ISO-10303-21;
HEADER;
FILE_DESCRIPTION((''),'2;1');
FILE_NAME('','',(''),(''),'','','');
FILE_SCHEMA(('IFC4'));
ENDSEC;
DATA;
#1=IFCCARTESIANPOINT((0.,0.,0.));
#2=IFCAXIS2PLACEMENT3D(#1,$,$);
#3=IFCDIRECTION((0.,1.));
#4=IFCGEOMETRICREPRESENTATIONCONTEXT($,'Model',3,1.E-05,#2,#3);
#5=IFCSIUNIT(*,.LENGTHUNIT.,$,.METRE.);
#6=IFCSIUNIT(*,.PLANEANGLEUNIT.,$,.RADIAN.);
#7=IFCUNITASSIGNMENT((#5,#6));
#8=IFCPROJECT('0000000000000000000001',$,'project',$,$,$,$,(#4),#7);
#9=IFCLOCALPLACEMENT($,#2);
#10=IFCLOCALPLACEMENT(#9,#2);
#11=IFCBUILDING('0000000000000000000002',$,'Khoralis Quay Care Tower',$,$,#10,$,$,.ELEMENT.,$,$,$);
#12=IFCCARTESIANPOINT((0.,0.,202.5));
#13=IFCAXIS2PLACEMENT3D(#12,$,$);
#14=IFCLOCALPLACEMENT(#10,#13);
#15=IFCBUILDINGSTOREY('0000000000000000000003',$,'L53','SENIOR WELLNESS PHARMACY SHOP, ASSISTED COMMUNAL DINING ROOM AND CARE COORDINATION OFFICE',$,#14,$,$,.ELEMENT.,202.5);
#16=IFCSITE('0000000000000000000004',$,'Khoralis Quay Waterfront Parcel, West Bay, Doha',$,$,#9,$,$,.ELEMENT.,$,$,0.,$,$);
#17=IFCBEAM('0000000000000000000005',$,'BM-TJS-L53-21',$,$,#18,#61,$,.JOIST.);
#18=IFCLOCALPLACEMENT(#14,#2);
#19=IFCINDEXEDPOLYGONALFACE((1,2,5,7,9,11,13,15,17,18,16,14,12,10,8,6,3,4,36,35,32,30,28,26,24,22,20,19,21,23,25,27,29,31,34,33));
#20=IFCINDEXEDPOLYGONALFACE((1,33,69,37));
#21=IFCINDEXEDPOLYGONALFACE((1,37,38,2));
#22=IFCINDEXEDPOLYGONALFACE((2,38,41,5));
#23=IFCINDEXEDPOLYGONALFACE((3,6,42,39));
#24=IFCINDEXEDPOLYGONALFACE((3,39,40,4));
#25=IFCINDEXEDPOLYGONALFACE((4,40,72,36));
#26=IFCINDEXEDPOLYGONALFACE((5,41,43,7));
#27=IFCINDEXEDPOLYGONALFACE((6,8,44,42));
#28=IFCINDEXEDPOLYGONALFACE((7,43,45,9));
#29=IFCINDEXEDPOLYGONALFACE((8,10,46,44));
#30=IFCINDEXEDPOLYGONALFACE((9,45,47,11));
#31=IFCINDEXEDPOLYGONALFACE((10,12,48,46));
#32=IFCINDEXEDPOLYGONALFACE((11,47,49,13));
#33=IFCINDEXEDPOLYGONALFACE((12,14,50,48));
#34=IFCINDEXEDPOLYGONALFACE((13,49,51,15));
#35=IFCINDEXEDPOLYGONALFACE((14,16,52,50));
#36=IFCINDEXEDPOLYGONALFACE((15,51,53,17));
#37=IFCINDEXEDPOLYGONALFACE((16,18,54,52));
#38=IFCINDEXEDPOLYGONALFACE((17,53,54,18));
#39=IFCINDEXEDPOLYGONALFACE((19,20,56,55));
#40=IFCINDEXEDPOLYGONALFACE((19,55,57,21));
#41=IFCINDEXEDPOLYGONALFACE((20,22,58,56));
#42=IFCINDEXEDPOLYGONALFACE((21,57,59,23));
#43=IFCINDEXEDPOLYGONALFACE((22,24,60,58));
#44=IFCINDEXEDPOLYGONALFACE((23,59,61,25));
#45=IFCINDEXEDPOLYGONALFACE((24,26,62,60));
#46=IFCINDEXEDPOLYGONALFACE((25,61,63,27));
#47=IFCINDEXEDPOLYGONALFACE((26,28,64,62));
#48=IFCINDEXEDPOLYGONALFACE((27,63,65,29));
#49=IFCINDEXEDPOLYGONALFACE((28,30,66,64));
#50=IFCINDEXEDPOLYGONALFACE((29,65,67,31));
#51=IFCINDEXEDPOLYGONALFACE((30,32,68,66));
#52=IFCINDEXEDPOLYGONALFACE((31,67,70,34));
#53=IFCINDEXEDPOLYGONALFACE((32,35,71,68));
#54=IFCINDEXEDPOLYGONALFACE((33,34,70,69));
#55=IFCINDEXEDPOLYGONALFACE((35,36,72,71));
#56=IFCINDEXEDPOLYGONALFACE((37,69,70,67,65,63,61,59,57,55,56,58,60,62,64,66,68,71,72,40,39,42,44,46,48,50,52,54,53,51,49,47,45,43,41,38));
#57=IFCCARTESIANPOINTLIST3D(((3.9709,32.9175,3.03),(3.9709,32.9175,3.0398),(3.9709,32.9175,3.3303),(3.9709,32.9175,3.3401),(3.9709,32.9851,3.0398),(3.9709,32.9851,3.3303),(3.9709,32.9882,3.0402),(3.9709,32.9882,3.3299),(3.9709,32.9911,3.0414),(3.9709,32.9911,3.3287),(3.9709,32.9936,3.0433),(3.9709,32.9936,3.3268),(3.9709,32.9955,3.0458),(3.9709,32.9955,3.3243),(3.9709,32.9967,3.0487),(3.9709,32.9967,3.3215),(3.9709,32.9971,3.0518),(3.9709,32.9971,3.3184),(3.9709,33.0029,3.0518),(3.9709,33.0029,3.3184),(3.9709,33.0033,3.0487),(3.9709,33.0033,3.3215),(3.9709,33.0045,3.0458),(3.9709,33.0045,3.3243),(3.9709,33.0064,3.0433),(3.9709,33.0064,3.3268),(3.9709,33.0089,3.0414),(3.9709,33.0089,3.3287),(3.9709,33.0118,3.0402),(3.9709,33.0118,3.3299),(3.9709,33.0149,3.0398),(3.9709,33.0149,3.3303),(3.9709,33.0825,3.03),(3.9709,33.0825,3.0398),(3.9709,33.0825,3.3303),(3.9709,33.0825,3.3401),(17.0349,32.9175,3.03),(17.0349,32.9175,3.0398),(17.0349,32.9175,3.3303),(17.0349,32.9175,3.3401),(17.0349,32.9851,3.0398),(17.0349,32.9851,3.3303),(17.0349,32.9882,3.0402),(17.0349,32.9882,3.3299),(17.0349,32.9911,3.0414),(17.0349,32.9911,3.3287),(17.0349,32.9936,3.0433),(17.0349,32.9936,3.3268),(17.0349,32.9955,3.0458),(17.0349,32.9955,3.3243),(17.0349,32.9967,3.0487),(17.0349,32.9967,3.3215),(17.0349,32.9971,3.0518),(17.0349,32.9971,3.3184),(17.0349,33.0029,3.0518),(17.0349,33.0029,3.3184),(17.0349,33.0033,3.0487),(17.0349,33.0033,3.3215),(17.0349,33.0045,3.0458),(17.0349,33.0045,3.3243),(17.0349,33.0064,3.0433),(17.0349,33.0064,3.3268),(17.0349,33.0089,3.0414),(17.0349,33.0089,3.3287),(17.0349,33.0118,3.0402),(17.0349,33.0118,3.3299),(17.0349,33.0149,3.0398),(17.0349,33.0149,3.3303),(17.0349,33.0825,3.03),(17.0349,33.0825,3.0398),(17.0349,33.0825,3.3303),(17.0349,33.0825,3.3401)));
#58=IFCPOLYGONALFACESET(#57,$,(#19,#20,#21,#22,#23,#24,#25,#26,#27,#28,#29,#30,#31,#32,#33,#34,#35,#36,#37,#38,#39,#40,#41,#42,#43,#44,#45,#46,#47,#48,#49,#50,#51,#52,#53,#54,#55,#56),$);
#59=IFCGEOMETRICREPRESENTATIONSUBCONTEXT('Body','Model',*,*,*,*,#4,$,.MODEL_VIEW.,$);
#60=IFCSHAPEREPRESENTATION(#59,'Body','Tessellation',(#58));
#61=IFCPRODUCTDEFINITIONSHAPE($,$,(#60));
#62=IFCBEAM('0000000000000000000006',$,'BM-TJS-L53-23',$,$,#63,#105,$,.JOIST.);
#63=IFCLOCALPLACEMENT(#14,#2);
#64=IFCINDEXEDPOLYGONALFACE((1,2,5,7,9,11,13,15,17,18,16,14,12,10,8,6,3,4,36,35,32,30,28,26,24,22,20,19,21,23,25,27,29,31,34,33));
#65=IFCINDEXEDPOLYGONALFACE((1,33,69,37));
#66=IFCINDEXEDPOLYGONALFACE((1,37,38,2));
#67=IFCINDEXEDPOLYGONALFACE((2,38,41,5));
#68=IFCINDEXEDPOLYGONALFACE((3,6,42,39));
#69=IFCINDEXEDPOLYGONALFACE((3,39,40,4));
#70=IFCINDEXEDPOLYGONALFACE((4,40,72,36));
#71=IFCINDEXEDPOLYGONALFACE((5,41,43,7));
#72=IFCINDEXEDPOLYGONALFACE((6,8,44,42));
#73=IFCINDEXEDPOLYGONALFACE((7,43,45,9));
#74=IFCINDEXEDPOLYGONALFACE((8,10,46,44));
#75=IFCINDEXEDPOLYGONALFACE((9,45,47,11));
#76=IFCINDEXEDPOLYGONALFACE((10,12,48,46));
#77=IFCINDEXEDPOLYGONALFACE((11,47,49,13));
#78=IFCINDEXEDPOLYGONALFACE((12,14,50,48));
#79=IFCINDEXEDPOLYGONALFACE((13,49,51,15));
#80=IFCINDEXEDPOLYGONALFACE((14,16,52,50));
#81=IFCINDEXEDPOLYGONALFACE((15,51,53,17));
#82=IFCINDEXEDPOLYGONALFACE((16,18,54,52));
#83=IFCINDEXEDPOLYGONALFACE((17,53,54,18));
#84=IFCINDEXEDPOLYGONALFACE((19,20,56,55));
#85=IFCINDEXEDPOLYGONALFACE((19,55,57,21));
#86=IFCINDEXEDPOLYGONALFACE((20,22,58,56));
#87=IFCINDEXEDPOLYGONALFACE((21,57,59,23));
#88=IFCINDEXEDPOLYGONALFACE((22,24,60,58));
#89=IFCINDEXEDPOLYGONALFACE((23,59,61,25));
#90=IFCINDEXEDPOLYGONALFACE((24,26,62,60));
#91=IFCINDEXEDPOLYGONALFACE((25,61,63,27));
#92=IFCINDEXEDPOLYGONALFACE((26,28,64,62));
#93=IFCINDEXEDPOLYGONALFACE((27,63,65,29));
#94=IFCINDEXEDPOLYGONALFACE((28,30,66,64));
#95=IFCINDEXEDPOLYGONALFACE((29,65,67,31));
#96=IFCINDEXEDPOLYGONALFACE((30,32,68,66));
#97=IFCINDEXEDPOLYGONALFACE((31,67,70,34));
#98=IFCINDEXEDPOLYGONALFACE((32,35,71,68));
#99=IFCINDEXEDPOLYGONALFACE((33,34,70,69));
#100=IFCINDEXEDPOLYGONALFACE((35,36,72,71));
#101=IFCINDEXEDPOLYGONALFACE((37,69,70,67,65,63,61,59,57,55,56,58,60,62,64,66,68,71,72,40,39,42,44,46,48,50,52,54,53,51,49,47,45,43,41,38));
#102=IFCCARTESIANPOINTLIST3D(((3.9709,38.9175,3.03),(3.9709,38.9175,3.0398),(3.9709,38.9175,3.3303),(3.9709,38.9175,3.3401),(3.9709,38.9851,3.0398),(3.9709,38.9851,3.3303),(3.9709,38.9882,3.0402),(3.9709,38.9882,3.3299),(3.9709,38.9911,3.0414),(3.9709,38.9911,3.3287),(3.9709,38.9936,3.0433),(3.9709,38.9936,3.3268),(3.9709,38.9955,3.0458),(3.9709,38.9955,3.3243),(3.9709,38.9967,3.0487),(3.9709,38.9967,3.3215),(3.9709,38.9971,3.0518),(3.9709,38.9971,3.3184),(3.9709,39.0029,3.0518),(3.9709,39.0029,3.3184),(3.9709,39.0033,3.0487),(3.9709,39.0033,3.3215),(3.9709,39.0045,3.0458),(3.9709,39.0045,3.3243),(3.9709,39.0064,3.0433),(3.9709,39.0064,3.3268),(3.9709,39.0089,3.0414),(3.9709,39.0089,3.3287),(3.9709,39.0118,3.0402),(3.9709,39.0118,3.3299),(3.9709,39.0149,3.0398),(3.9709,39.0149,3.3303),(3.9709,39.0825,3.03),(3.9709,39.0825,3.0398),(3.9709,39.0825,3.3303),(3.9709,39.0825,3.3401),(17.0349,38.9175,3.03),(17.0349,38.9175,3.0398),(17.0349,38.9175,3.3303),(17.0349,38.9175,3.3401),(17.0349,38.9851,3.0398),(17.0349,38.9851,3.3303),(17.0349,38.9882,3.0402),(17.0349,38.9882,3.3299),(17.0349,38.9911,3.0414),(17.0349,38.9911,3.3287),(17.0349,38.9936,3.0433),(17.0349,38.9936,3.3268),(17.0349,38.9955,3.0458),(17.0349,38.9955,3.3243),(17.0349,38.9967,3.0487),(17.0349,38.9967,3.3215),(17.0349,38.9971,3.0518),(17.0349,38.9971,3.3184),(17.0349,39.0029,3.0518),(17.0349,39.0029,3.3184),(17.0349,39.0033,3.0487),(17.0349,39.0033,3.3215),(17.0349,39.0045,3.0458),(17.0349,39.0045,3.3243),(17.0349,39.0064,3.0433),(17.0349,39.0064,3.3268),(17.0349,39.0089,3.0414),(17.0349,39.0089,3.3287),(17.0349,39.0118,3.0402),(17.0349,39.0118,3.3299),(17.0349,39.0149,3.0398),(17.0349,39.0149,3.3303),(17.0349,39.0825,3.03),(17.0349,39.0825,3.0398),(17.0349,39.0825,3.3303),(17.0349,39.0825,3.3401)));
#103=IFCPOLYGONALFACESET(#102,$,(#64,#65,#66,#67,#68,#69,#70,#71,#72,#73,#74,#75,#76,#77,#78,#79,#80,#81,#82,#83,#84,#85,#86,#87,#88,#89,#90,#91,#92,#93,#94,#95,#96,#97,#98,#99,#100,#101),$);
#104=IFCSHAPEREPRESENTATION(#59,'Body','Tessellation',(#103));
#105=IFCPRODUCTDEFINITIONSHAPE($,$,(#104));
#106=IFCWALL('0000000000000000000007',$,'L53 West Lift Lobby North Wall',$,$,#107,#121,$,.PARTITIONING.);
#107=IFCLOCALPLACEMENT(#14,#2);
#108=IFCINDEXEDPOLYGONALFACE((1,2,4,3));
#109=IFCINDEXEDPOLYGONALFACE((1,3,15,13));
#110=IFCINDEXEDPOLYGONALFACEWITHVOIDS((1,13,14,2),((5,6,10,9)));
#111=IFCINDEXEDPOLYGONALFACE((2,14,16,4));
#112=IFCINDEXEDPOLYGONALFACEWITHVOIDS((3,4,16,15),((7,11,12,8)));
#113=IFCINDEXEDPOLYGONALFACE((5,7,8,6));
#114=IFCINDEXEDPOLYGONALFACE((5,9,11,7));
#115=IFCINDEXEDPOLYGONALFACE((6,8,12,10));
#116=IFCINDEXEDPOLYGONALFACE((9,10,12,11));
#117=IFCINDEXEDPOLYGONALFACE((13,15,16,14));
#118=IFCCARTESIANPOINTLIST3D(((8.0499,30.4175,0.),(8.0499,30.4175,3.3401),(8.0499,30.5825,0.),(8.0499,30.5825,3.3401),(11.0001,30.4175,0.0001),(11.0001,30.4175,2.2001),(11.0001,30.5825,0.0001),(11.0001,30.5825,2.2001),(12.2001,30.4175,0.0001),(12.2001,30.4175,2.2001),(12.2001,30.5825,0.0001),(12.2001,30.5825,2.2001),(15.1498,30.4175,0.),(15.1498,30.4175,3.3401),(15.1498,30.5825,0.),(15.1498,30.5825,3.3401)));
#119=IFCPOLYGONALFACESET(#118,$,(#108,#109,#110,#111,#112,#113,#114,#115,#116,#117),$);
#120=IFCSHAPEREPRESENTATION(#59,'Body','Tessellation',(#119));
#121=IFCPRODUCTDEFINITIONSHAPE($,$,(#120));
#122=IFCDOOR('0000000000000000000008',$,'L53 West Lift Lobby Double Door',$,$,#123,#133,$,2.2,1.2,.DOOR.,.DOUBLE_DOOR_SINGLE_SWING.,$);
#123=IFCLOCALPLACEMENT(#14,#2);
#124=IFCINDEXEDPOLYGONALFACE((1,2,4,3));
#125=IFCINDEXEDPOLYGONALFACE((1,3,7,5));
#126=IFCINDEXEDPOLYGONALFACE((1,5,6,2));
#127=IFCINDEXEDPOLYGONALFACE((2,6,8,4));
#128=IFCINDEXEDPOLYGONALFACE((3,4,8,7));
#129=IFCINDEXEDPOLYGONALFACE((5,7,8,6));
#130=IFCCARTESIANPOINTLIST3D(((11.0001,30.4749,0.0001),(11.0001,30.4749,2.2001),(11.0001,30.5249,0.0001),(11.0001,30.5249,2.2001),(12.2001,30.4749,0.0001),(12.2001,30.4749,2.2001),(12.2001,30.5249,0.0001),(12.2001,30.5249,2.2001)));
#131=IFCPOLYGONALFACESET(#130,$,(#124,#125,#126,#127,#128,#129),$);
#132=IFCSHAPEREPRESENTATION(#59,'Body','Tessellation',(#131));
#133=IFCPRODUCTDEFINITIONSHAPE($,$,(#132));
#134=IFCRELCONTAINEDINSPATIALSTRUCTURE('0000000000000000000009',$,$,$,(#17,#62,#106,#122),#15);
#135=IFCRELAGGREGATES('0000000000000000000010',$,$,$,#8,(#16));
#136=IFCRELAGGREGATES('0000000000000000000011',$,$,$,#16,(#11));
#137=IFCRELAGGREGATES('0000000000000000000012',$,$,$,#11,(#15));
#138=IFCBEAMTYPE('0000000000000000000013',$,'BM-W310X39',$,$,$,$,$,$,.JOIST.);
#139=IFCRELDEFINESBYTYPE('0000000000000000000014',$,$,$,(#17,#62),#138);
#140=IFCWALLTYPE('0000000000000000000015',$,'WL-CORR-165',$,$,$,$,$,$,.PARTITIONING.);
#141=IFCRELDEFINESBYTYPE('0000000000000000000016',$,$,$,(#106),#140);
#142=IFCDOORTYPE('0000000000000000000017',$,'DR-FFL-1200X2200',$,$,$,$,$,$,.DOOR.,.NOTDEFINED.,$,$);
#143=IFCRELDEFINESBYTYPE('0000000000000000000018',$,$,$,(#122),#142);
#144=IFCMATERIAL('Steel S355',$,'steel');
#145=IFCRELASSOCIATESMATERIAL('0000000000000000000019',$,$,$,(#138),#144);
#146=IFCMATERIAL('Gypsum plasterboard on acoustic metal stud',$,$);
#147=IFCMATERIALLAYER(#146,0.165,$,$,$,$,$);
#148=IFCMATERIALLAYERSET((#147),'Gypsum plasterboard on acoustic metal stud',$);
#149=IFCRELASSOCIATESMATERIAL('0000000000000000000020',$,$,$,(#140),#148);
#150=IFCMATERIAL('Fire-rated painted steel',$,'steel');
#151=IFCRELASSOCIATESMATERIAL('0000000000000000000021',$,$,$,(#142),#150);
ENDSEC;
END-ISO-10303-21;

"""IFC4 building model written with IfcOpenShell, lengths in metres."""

from ifc_helpers import new_model, si_unit, direction, frame, frame_2d, origin, origin_2d, place, context, subcontext, project, spatial, rectangle, i_section, extrude, source, transform, mapped, material, layer, layer_set, material_profile, profile_set, type_object, element, fill, save


model = new_model("IFC4")

# Units and contexts
model_context = context("Model", 3, precision=1e-05, world=origin(), true_north=direction((0.0, 1.0)))
body_context = subcontext(model_context, "Body", "Model", "MODEL_VIEW")
ifc_project = project(units=[si_unit("LENGTHUNIT", "METRE"), si_unit("PLANEANGLEUNIT", "RADIAN")], contexts=[model_context])

# Site, building, storey
site_placement = place(None, origin())
site = spatial("IfcSite", under=ifc_project, at=site_placement, Name="Khoralis Quay Waterfront Parcel, West Bay, Doha", CompositionType="ELEMENT", RefElevation=0.0)
building_placement = place(site_placement, origin())
building = spatial("IfcBuilding", under=site, at=building_placement, Name="Khoralis Quay Care Tower", CompositionType="ELEMENT")
storey_placement = place(building_placement, frame((0.0, 0.0, 202.5)))
storey = spatial("IfcBuildingStorey", under=building, at=storey_placement, Name="L53", Description="SENIOR WELLNESS PHARMACY SHOP, ASSISTED COMMUNAL DINING ROOM AND CARE COORDINATION OFFICE", CompositionType="ELEMENT", Elevation=202.5)

# Beams
ifc_material_1 = material(Name="Steel S355", Category="steel")
ifc_material_profile_1 = material_profile(ifc_material_1, i_section(OverallWidth=0.165, OverallDepth=0.3101, WebThickness=0.0059, FlangeThickness=0.0098, FilletRadius=0.012, at=origin_2d()), Name="Steel S355")
ifc_profile_set_1 = profile_set([ifc_material_profile_1], Name="Steel S355")
beam_type_1 = type_object("IfcBeamType", Name="BM-W310X39", PredefinedType="JOIST", material=ifc_profile_set_1)
shared_shape_1 = source(origin(), body_context, "Body", "SweptSolid", [
    extrude(i_section(OverallWidth=0.165, OverallDepth=0.3101, WebThickness=0.0059, FlangeThickness=0.0098, FilletRadius=0.012, at=origin_2d()), origin(), (0.0, 0.0, 1.0), 13.064),
])
for number, where, z_axis, x_axis, name in (
    (1, (3.9709, 33.0, 3.1851), (1.0, 0.0, 0.0), (0.0, 1.0, 0.0), "BM-TJS-L53-21"),
    (2, (3.9709, 39.0, 3.1851), (1.0, 0.0, 0.0), (0.0, 1.0, 0.0), "BM-TJS-L53-23"),
):
    element("IfcBeam", number, at=place(storey_placement, frame(where, z_axis=z_axis, x_axis=x_axis)), inside=storey, type_object=beam_type_1, Name=name, PredefinedType="JOIST", context=body_context, shape_type="MappedRepresentation", body=[
        mapped(shared_shape_1, transform((0.0, 0.0, 0.0), scale=1.0)),
    ])

# Wall, opening, door
ifc_material_2 = material(Name="Gypsum plasterboard on acoustic metal stud")
ifc_layer_1 = layer(ifc_material_2, 0.165)
ifc_layer_set_1 = layer_set([ifc_layer_1], Name="Gypsum plasterboard on acoustic metal stud")
wall_type_1 = type_object("IfcWallType", Name="WL-CORR-165", PredefinedType="PARTITIONING", material=ifc_layer_set_1)
wall_1_placement = place(storey_placement, frame((8.05, 30.5, 0.0), z_axis=(0.0, 0.0, 1.0), x_axis=(1.0, 0.0, 0.0)))
wall_1 = element("IfcWall", 3, at=wall_1_placement, inside=storey, type_object=wall_type_1, Name="L53 West Lift Lobby North Wall", PredefinedType="PARTITIONING", context=body_context, shape_type="SweptSolid", body=[
    extrude(rectangle(XDim=7.0999, YDim=0.165, at=frame_2d((3.5498, 0.0))), origin(), (0.0, 0.0, 1.0), 3.3401),
])
opening_1_placement = place(wall_1_placement, frame((2.95, 0.0, 0.0)))
opening_1 = element("IfcOpeningElement", 4, at=opening_1_placement, cuts=wall_1, PredefinedType="OPENING", context=body_context, shape_type="SweptSolid", body=[
    extrude(rectangle(XDim=1.2, YDim=2.2, at=frame_2d((0.6001, 1.1001))), frame((0.0, 0.0925, 0.0), z_axis=(0.0, -1.0, 0.0), x_axis=(1.0, 0.0, 0.0)), (0.0, 0.0, 1.0), 0.1851),
])
ifc_material_3 = material(Name="Fire-rated painted steel", Category="steel")
door_type_1 = type_object("IfcDoorType", Name="DR-FFL-1200X2200", OperationType="NOTDEFINED", PredefinedType="DOOR", material=ifc_material_3)
shared_shape_2 = source(origin(), body_context, "Body", "SweptSolid", [
    extrude(rectangle(XDim=1.2, YDim=2.2, at=frame_2d((0.6001, 1.1001))), frame((0.0, 0.0249, 0.0), z_axis=(0.0, -1.0, 0.0), x_axis=(1.0, 0.0, 0.0)), (0.0, 0.0, 1.0), 0.05),
])
door_1_placement = place(opening_1_placement, origin())
door_1 = element("IfcDoor", 5, at=door_1_placement, inside=storey, type_object=door_type_1, Name="L53 West Lift Lobby Double Door", OperationType="DOUBLE_DOOR_SINGLE_SWING", OverallHeight=2.2, OverallWidth=1.2, PredefinedType="DOOR", context=body_context, shape_type="MappedRepresentation", body=[
    mapped(shared_shape_2, transform((0.0, 0.0, 0.0), scale=1.0)),
])
fill(opening_1, door_1)

save(model, "model.ifc")
